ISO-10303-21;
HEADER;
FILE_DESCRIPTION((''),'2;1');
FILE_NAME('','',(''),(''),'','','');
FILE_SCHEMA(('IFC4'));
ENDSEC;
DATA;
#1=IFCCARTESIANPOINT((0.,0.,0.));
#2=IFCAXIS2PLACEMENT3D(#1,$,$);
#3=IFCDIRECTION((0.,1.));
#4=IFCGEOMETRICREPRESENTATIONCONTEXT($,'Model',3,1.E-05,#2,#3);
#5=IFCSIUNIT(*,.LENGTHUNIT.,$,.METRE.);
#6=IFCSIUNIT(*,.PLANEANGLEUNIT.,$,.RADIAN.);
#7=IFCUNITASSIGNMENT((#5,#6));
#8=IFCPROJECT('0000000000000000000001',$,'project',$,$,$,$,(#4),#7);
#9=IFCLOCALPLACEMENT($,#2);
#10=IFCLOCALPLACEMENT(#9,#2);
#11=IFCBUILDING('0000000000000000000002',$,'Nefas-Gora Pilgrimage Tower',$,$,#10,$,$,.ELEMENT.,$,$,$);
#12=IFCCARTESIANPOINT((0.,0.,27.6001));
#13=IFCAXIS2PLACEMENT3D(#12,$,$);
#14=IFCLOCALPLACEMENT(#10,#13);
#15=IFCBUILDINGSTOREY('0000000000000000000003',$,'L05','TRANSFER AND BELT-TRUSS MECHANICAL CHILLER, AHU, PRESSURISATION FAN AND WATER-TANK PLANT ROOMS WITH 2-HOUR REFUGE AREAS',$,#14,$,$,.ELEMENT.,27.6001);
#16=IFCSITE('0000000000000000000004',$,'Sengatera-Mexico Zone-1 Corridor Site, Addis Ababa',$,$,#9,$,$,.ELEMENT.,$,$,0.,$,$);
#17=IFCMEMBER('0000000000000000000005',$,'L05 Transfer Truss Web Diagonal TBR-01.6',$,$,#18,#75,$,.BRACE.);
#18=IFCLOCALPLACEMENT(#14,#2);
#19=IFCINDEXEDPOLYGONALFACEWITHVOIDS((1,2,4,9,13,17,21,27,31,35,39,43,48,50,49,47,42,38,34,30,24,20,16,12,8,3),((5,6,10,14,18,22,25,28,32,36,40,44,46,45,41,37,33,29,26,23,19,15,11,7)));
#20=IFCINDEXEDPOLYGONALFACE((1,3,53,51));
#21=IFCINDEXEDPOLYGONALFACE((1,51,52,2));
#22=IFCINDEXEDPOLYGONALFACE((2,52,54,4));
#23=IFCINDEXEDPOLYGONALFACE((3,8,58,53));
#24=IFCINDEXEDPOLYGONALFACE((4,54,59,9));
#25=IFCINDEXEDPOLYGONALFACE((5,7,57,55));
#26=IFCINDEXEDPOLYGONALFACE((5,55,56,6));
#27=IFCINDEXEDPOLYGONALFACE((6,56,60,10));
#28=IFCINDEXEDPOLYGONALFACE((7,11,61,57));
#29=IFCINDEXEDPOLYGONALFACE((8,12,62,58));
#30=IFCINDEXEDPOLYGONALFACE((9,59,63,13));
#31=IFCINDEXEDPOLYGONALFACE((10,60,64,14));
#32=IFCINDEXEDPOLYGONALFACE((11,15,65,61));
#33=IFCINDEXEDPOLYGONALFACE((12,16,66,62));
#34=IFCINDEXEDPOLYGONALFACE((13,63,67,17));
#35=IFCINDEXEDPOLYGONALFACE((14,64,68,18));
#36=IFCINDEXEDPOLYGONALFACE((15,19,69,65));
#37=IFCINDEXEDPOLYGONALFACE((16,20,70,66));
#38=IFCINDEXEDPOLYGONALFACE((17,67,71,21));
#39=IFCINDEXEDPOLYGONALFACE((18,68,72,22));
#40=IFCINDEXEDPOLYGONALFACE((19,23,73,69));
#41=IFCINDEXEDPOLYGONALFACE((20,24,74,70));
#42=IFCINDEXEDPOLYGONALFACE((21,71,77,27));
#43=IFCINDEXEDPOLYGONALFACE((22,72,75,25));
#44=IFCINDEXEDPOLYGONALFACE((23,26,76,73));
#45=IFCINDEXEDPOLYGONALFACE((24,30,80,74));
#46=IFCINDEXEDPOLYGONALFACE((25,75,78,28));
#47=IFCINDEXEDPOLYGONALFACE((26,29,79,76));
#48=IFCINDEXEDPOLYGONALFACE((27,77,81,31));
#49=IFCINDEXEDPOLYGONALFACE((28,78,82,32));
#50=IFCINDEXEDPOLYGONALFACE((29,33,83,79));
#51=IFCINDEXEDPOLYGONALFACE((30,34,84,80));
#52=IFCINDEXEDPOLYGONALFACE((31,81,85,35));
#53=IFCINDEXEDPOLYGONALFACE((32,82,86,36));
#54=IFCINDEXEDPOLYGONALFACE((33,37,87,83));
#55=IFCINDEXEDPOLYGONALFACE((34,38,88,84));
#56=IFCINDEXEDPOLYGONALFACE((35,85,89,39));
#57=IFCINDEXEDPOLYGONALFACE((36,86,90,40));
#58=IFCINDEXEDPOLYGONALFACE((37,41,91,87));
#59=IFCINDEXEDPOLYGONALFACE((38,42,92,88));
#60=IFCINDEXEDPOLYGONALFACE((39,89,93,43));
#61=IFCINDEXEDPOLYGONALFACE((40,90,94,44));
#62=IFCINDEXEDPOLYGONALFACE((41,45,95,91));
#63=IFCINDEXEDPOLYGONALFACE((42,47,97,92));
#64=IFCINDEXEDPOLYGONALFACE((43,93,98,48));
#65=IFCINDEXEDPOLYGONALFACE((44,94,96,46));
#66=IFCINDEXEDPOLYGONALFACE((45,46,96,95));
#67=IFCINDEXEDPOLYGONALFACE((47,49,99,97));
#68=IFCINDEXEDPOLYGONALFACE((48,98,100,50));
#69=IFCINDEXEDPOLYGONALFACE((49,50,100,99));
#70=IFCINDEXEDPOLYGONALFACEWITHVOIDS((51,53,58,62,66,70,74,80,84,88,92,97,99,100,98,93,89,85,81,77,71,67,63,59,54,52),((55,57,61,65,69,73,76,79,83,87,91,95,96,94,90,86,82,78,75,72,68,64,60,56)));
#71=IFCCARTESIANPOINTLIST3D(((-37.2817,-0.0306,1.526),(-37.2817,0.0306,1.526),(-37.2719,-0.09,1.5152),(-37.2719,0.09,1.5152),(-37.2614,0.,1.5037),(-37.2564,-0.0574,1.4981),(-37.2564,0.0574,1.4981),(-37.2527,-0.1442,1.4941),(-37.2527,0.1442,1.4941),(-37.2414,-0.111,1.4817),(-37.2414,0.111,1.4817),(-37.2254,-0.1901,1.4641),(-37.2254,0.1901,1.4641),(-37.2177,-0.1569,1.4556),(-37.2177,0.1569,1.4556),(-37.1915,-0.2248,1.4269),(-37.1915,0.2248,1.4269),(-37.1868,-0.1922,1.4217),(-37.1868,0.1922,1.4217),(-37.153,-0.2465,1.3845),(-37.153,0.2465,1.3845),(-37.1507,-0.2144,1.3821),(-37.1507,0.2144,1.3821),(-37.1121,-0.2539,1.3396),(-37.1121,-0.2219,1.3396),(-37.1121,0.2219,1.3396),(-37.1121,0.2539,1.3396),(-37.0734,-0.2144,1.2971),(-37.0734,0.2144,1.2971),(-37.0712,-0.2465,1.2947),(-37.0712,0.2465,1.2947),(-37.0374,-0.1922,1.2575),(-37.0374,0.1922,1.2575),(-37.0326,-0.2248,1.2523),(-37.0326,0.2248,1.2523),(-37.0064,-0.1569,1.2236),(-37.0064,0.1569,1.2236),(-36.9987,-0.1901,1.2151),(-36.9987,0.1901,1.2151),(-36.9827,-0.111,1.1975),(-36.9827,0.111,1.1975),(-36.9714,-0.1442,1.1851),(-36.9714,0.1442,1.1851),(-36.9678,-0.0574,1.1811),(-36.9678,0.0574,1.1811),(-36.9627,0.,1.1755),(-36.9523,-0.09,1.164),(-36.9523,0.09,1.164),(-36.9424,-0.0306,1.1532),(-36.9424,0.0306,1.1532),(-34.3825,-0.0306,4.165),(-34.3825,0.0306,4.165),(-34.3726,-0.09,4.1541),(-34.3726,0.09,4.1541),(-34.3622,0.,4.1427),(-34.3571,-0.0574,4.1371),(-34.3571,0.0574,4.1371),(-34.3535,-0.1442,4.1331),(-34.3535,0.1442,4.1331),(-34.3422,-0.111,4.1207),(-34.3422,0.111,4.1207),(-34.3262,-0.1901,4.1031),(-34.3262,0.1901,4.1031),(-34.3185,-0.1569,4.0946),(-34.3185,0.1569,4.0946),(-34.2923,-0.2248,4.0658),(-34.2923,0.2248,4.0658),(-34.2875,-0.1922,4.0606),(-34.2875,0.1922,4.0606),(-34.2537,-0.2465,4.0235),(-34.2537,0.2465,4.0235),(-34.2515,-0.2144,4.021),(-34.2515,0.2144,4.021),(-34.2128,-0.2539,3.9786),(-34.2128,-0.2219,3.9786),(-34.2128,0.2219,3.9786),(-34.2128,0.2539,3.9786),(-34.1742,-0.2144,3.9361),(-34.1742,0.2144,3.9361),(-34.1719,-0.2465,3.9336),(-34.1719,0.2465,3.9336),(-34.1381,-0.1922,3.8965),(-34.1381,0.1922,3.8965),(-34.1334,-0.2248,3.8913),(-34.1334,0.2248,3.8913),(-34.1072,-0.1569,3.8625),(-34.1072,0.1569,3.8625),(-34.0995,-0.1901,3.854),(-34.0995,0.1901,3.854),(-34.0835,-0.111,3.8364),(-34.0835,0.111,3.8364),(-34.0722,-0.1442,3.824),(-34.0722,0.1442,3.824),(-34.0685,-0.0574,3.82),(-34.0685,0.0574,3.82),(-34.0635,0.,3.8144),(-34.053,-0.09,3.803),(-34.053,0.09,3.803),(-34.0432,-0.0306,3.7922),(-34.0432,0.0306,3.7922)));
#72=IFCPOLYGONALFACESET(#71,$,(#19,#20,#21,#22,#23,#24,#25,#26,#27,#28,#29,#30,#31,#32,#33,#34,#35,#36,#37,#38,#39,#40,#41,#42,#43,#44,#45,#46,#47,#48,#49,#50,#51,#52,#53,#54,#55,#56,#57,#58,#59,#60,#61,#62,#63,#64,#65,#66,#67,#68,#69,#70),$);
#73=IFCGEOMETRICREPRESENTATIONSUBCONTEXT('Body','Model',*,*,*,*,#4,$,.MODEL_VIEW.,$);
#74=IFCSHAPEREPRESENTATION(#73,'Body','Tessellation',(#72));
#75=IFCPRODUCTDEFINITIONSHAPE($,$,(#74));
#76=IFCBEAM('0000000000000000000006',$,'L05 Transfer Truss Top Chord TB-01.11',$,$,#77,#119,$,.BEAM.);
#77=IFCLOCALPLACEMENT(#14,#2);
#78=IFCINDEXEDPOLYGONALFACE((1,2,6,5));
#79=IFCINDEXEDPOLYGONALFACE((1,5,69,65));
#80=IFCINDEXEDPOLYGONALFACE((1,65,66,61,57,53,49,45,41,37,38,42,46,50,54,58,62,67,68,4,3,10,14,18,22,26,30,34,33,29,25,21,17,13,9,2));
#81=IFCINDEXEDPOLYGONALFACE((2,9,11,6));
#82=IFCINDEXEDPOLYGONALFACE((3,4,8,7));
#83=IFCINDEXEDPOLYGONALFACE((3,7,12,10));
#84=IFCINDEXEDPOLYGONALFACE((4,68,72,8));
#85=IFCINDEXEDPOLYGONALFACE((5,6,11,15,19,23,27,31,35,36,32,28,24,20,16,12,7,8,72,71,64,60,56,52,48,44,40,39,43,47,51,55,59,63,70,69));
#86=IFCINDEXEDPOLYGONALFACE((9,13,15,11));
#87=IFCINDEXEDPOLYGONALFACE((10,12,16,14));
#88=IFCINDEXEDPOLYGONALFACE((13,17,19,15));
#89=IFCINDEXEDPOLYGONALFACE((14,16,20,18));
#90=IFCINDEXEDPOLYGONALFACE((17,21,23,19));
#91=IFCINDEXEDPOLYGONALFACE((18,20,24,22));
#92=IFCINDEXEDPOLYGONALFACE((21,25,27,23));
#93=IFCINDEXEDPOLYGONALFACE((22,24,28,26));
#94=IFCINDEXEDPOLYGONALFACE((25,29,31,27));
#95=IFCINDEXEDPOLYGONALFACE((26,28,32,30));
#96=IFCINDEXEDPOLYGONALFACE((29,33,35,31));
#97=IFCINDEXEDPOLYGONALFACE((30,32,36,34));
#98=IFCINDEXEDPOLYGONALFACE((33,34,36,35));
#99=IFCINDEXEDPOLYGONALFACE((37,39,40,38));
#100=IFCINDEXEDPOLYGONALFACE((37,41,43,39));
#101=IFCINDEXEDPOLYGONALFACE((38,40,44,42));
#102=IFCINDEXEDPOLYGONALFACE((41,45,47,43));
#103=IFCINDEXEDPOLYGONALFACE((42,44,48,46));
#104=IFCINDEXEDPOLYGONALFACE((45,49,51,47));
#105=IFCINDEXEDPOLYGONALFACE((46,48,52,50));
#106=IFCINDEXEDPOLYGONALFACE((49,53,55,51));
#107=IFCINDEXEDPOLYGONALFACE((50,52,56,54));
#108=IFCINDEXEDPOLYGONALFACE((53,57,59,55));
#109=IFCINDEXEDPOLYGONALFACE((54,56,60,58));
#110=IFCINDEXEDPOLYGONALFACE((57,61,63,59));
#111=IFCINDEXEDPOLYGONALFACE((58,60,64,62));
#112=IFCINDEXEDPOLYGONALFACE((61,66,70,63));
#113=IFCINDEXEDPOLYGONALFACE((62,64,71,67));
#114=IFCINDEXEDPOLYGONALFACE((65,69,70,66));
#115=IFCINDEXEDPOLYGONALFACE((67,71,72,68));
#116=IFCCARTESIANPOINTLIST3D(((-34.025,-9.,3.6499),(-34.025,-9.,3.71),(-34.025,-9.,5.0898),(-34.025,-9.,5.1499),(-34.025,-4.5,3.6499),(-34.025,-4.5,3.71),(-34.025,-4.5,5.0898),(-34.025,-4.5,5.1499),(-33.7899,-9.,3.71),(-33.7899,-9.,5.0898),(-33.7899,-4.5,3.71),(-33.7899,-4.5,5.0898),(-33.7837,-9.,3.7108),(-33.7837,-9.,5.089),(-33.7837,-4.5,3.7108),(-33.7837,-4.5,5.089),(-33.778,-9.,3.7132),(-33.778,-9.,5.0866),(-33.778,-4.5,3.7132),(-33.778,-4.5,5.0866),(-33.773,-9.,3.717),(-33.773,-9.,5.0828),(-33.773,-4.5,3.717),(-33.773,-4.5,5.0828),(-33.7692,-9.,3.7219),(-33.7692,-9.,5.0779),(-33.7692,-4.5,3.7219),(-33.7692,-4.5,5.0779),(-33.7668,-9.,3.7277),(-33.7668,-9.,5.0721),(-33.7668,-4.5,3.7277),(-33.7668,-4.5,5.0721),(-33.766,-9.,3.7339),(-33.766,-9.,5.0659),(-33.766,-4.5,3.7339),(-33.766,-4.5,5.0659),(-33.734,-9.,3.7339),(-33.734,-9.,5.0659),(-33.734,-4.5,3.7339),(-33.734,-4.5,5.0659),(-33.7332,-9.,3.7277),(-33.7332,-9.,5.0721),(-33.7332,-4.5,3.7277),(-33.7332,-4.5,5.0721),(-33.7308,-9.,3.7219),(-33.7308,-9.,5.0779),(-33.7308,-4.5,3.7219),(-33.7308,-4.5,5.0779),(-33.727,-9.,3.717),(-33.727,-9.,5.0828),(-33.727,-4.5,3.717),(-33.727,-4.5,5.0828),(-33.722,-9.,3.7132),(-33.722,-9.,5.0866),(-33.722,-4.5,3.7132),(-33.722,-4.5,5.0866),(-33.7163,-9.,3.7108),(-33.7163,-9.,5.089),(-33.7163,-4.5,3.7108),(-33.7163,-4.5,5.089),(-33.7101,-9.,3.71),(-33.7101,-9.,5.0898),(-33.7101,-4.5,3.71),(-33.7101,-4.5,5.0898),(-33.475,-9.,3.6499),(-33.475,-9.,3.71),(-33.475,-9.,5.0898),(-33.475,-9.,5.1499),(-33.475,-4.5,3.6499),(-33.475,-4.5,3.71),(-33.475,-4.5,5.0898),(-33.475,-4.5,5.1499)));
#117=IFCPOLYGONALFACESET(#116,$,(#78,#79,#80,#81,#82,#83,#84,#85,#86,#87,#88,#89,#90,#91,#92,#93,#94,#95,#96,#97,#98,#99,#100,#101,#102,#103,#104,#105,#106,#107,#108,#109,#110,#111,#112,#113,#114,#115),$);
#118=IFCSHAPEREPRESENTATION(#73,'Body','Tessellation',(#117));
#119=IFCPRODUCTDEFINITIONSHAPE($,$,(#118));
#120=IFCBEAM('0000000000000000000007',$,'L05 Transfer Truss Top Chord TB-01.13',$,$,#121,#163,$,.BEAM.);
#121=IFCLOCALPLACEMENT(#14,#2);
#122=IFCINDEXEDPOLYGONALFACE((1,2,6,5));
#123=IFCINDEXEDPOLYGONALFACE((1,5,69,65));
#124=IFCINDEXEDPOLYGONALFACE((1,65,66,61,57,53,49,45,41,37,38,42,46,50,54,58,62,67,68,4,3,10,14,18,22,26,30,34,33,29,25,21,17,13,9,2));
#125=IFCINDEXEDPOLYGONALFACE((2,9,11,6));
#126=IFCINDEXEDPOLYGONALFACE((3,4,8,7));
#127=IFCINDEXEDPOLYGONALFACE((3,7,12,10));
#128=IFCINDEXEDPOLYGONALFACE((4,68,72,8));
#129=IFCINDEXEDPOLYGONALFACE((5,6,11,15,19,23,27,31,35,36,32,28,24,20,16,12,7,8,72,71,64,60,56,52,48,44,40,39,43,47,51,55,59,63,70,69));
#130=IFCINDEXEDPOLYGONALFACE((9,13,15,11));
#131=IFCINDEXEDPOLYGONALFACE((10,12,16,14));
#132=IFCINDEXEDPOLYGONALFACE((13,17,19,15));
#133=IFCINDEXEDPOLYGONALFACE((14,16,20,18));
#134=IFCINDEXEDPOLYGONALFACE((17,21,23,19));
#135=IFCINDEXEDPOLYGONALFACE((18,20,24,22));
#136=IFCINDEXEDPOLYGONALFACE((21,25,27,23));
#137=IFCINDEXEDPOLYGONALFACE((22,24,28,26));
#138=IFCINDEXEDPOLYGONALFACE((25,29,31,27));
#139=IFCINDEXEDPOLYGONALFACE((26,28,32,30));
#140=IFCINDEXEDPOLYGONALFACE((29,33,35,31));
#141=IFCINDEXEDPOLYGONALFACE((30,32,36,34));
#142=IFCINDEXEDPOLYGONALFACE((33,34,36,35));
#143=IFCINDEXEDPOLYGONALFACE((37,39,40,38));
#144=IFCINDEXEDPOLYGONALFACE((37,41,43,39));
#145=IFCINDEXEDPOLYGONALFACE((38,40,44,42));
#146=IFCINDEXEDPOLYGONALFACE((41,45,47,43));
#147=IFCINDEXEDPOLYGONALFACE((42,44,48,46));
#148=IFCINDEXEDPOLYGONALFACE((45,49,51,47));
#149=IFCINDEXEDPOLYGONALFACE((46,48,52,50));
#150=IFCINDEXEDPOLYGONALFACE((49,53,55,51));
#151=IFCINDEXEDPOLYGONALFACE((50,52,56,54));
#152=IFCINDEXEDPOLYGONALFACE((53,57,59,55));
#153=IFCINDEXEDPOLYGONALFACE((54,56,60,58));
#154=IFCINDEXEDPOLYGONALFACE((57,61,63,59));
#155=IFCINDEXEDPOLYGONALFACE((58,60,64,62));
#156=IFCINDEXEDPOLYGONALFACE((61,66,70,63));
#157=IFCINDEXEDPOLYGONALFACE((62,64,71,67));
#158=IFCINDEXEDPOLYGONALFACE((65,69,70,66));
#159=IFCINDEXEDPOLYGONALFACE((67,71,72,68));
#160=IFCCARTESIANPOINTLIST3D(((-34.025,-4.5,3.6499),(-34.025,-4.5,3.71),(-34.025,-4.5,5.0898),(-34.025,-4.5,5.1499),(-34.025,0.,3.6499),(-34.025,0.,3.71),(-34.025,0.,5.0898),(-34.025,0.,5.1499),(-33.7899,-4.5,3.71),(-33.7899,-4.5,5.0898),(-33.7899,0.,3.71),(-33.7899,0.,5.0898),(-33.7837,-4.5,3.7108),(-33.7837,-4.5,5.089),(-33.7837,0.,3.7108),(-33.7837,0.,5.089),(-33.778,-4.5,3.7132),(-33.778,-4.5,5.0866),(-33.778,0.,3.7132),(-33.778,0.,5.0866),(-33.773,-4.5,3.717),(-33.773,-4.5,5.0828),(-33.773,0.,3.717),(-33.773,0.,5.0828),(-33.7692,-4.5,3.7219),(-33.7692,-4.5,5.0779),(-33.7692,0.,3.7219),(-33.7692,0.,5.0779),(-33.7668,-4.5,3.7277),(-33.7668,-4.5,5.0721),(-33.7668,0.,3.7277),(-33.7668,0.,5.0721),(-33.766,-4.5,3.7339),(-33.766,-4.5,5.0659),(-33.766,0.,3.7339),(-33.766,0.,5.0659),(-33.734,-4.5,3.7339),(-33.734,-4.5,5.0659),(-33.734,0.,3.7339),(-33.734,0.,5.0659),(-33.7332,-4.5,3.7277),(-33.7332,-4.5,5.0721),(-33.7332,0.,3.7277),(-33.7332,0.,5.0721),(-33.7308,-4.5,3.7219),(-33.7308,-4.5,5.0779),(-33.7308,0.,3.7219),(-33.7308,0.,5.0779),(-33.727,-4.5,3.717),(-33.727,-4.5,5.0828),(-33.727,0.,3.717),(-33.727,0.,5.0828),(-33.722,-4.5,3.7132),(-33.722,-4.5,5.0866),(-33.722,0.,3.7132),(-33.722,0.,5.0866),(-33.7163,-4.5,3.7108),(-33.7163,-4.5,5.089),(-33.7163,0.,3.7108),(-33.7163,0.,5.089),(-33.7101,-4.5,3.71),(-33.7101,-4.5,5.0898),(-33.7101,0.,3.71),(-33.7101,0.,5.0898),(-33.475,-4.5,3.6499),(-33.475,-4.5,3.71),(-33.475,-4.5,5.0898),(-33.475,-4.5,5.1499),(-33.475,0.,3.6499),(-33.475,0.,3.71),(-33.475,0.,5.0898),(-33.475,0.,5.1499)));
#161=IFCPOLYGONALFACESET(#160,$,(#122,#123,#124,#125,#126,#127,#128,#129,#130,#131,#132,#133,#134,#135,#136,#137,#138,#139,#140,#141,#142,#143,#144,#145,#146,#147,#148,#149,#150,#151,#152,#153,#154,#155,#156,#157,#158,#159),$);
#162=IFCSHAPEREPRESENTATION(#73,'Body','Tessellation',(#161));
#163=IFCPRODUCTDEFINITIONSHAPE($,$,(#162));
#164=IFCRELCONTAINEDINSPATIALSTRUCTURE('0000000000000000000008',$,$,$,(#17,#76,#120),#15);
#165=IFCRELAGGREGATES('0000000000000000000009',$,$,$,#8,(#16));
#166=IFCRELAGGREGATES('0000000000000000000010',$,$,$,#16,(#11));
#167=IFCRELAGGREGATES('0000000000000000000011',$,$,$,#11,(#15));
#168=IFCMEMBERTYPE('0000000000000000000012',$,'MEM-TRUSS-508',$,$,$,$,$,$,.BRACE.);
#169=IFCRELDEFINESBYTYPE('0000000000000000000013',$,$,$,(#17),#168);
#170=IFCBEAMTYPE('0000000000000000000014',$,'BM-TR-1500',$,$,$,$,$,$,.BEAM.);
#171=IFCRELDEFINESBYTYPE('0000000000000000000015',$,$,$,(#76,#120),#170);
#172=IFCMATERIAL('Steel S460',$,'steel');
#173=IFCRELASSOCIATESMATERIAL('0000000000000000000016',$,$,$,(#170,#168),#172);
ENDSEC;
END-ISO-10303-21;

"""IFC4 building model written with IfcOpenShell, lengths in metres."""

from ifc_helpers import new_model, si_unit, direction, frame, origin, origin_2d, place, context, subcontext, project, spatial, hollow_circle, i_section, extrude, source, transform, mapped, material, material_profile, profile_set, type_object, element, save


model = new_model("IFC4")

# Units and contexts
model_context = context("Model", 3, precision=1e-05, world=origin(), true_north=direction((0.0, 1.0)))
body_context = subcontext(model_context, "Body", "Model", "MODEL_VIEW")
ifc_project = project(units=[si_unit("LENGTHUNIT", "METRE"), si_unit("PLANEANGLEUNIT", "RADIAN")], contexts=[model_context])

# Site, building, storey
site_placement = place(None, origin())
site = spatial("IfcSite", under=ifc_project, at=site_placement, Name="Sengatera-Mexico Zone-1 Corridor Site, Addis Ababa", CompositionType="ELEMENT", RefElevation=0.0)
building_placement = place(site_placement, origin())
building = spatial("IfcBuilding", under=site, at=building_placement, Name="Nefas-Gora Pilgrimage Tower", CompositionType="ELEMENT")
storey_placement = place(building_placement, frame((0.0, 0.0, 27.6001)))
storey = spatial("IfcBuildingStorey", under=building, at=storey_placement, Name="L05", Description="TRANSFER AND BELT-TRUSS MECHANICAL CHILLER, AHU, PRESSURISATION FAN AND WATER-TANK PLANT ROOMS WITH 2-HOUR REFUGE AREAS", CompositionType="ELEMENT", Elevation=27.6001)

# Shared definitions
ifc_material_1 = material(Name="Steel S460", Category="steel")

# Shared definitions
ifc_material_profile_1 = material_profile(ifc_material_1, i_section(OverallWidth=0.55, OverallDepth=1.5, WebThickness=0.032, FlangeThickness=0.0601, FilletRadius=0.0239, at=origin_2d()), Name="WPG 1500x550x32x60")
ifc_profile_set_1 = profile_set([ifc_material_profile_1], Name="Steel S460")
beam_type_1 = type_object("IfcBeamType", Name="BM-TR-1500", PredefinedType="BEAM", material=ifc_profile_set_1)

# Shared definitions
ifc_material_profile_2 = material_profile(ifc_material_1, hollow_circle(Radius=0.2539, WallThickness=0.032, at=origin_2d()), Name="CHS 508x32")
ifc_profile_set_2 = profile_set([ifc_material_profile_2], Name="Steel S460")
member_type = type_object("IfcMemberType", Name="MEM-TRUSS-508", PredefinedType="BRACE", material=ifc_profile_set_2)

# Member
shared_shape_1 = source(origin(), body_context, "Body", "SweptSolid", [
    extrude(hollow_circle(Radius=0.2539, WallThickness=0.032, at=origin_2d()), origin(), (0.0, 0.0, 1.0), 3.9204),
])
member_1_placement = place(storey_placement, frame((-37.1121, 0.0, 1.3396), z_axis=(0.73952, 0.0, 0.673135), x_axis=(0.0, 1.0, 0.0)))
element("IfcMember", 1, at=member_1_placement, inside=storey, type_object=member_type, Name="L05 Transfer Truss Web Diagonal TBR-01.6", PredefinedType="BRACE", context=body_context, shape_type="MappedRepresentation", body=[
    mapped(shared_shape_1, transform((0.0, 0.0, 0.0), x_axis=(1.0, 0.0, 0.0), y_axis=(0.0, 1.0, 0.0), z_axis=(0.0, 0.0, 1.0), scale=1.0)),
])

# Beams
shared_shape_2 = source(origin(), body_context, "Body", "SweptSolid", [
    extrude(i_section(OverallWidth=0.55, OverallDepth=1.5, WebThickness=0.032, FlangeThickness=0.0601, FilletRadius=0.0239, at=origin_2d()), origin(), (0.0, 0.0, 1.0), 4.5),
])
for number, where, z_axis, x_axis, name in (
    (2, (-33.75, -9.0, 4.3999), (0.0, 1.0, 0.0), (-1.0, 0.0, 0.0), "L05 Transfer Truss Top Chord TB-01.11"),
    (3, (-33.75, -4.5, 4.3999), (0.0, 1.0, 0.0), (-1.0, 0.0, 0.0), "L05 Transfer Truss Top Chord TB-01.13"),
):
    element("IfcBeam", number, at=place(storey_placement, frame(where, z_axis=z_axis, x_axis=x_axis)), inside=storey, type_object=beam_type_1, Name=name, PredefinedType="BEAM", context=body_context, shape_type="MappedRepresentation", body=[
        mapped(shared_shape_2, transform((0.0, 0.0, 0.0), x_axis=(1.0, 0.0, 0.0), y_axis=(0.0, 1.0, 0.0), z_axis=(0.0, 0.0, 1.0), scale=1.0)),
    ])

save(model, "model.ifc")
